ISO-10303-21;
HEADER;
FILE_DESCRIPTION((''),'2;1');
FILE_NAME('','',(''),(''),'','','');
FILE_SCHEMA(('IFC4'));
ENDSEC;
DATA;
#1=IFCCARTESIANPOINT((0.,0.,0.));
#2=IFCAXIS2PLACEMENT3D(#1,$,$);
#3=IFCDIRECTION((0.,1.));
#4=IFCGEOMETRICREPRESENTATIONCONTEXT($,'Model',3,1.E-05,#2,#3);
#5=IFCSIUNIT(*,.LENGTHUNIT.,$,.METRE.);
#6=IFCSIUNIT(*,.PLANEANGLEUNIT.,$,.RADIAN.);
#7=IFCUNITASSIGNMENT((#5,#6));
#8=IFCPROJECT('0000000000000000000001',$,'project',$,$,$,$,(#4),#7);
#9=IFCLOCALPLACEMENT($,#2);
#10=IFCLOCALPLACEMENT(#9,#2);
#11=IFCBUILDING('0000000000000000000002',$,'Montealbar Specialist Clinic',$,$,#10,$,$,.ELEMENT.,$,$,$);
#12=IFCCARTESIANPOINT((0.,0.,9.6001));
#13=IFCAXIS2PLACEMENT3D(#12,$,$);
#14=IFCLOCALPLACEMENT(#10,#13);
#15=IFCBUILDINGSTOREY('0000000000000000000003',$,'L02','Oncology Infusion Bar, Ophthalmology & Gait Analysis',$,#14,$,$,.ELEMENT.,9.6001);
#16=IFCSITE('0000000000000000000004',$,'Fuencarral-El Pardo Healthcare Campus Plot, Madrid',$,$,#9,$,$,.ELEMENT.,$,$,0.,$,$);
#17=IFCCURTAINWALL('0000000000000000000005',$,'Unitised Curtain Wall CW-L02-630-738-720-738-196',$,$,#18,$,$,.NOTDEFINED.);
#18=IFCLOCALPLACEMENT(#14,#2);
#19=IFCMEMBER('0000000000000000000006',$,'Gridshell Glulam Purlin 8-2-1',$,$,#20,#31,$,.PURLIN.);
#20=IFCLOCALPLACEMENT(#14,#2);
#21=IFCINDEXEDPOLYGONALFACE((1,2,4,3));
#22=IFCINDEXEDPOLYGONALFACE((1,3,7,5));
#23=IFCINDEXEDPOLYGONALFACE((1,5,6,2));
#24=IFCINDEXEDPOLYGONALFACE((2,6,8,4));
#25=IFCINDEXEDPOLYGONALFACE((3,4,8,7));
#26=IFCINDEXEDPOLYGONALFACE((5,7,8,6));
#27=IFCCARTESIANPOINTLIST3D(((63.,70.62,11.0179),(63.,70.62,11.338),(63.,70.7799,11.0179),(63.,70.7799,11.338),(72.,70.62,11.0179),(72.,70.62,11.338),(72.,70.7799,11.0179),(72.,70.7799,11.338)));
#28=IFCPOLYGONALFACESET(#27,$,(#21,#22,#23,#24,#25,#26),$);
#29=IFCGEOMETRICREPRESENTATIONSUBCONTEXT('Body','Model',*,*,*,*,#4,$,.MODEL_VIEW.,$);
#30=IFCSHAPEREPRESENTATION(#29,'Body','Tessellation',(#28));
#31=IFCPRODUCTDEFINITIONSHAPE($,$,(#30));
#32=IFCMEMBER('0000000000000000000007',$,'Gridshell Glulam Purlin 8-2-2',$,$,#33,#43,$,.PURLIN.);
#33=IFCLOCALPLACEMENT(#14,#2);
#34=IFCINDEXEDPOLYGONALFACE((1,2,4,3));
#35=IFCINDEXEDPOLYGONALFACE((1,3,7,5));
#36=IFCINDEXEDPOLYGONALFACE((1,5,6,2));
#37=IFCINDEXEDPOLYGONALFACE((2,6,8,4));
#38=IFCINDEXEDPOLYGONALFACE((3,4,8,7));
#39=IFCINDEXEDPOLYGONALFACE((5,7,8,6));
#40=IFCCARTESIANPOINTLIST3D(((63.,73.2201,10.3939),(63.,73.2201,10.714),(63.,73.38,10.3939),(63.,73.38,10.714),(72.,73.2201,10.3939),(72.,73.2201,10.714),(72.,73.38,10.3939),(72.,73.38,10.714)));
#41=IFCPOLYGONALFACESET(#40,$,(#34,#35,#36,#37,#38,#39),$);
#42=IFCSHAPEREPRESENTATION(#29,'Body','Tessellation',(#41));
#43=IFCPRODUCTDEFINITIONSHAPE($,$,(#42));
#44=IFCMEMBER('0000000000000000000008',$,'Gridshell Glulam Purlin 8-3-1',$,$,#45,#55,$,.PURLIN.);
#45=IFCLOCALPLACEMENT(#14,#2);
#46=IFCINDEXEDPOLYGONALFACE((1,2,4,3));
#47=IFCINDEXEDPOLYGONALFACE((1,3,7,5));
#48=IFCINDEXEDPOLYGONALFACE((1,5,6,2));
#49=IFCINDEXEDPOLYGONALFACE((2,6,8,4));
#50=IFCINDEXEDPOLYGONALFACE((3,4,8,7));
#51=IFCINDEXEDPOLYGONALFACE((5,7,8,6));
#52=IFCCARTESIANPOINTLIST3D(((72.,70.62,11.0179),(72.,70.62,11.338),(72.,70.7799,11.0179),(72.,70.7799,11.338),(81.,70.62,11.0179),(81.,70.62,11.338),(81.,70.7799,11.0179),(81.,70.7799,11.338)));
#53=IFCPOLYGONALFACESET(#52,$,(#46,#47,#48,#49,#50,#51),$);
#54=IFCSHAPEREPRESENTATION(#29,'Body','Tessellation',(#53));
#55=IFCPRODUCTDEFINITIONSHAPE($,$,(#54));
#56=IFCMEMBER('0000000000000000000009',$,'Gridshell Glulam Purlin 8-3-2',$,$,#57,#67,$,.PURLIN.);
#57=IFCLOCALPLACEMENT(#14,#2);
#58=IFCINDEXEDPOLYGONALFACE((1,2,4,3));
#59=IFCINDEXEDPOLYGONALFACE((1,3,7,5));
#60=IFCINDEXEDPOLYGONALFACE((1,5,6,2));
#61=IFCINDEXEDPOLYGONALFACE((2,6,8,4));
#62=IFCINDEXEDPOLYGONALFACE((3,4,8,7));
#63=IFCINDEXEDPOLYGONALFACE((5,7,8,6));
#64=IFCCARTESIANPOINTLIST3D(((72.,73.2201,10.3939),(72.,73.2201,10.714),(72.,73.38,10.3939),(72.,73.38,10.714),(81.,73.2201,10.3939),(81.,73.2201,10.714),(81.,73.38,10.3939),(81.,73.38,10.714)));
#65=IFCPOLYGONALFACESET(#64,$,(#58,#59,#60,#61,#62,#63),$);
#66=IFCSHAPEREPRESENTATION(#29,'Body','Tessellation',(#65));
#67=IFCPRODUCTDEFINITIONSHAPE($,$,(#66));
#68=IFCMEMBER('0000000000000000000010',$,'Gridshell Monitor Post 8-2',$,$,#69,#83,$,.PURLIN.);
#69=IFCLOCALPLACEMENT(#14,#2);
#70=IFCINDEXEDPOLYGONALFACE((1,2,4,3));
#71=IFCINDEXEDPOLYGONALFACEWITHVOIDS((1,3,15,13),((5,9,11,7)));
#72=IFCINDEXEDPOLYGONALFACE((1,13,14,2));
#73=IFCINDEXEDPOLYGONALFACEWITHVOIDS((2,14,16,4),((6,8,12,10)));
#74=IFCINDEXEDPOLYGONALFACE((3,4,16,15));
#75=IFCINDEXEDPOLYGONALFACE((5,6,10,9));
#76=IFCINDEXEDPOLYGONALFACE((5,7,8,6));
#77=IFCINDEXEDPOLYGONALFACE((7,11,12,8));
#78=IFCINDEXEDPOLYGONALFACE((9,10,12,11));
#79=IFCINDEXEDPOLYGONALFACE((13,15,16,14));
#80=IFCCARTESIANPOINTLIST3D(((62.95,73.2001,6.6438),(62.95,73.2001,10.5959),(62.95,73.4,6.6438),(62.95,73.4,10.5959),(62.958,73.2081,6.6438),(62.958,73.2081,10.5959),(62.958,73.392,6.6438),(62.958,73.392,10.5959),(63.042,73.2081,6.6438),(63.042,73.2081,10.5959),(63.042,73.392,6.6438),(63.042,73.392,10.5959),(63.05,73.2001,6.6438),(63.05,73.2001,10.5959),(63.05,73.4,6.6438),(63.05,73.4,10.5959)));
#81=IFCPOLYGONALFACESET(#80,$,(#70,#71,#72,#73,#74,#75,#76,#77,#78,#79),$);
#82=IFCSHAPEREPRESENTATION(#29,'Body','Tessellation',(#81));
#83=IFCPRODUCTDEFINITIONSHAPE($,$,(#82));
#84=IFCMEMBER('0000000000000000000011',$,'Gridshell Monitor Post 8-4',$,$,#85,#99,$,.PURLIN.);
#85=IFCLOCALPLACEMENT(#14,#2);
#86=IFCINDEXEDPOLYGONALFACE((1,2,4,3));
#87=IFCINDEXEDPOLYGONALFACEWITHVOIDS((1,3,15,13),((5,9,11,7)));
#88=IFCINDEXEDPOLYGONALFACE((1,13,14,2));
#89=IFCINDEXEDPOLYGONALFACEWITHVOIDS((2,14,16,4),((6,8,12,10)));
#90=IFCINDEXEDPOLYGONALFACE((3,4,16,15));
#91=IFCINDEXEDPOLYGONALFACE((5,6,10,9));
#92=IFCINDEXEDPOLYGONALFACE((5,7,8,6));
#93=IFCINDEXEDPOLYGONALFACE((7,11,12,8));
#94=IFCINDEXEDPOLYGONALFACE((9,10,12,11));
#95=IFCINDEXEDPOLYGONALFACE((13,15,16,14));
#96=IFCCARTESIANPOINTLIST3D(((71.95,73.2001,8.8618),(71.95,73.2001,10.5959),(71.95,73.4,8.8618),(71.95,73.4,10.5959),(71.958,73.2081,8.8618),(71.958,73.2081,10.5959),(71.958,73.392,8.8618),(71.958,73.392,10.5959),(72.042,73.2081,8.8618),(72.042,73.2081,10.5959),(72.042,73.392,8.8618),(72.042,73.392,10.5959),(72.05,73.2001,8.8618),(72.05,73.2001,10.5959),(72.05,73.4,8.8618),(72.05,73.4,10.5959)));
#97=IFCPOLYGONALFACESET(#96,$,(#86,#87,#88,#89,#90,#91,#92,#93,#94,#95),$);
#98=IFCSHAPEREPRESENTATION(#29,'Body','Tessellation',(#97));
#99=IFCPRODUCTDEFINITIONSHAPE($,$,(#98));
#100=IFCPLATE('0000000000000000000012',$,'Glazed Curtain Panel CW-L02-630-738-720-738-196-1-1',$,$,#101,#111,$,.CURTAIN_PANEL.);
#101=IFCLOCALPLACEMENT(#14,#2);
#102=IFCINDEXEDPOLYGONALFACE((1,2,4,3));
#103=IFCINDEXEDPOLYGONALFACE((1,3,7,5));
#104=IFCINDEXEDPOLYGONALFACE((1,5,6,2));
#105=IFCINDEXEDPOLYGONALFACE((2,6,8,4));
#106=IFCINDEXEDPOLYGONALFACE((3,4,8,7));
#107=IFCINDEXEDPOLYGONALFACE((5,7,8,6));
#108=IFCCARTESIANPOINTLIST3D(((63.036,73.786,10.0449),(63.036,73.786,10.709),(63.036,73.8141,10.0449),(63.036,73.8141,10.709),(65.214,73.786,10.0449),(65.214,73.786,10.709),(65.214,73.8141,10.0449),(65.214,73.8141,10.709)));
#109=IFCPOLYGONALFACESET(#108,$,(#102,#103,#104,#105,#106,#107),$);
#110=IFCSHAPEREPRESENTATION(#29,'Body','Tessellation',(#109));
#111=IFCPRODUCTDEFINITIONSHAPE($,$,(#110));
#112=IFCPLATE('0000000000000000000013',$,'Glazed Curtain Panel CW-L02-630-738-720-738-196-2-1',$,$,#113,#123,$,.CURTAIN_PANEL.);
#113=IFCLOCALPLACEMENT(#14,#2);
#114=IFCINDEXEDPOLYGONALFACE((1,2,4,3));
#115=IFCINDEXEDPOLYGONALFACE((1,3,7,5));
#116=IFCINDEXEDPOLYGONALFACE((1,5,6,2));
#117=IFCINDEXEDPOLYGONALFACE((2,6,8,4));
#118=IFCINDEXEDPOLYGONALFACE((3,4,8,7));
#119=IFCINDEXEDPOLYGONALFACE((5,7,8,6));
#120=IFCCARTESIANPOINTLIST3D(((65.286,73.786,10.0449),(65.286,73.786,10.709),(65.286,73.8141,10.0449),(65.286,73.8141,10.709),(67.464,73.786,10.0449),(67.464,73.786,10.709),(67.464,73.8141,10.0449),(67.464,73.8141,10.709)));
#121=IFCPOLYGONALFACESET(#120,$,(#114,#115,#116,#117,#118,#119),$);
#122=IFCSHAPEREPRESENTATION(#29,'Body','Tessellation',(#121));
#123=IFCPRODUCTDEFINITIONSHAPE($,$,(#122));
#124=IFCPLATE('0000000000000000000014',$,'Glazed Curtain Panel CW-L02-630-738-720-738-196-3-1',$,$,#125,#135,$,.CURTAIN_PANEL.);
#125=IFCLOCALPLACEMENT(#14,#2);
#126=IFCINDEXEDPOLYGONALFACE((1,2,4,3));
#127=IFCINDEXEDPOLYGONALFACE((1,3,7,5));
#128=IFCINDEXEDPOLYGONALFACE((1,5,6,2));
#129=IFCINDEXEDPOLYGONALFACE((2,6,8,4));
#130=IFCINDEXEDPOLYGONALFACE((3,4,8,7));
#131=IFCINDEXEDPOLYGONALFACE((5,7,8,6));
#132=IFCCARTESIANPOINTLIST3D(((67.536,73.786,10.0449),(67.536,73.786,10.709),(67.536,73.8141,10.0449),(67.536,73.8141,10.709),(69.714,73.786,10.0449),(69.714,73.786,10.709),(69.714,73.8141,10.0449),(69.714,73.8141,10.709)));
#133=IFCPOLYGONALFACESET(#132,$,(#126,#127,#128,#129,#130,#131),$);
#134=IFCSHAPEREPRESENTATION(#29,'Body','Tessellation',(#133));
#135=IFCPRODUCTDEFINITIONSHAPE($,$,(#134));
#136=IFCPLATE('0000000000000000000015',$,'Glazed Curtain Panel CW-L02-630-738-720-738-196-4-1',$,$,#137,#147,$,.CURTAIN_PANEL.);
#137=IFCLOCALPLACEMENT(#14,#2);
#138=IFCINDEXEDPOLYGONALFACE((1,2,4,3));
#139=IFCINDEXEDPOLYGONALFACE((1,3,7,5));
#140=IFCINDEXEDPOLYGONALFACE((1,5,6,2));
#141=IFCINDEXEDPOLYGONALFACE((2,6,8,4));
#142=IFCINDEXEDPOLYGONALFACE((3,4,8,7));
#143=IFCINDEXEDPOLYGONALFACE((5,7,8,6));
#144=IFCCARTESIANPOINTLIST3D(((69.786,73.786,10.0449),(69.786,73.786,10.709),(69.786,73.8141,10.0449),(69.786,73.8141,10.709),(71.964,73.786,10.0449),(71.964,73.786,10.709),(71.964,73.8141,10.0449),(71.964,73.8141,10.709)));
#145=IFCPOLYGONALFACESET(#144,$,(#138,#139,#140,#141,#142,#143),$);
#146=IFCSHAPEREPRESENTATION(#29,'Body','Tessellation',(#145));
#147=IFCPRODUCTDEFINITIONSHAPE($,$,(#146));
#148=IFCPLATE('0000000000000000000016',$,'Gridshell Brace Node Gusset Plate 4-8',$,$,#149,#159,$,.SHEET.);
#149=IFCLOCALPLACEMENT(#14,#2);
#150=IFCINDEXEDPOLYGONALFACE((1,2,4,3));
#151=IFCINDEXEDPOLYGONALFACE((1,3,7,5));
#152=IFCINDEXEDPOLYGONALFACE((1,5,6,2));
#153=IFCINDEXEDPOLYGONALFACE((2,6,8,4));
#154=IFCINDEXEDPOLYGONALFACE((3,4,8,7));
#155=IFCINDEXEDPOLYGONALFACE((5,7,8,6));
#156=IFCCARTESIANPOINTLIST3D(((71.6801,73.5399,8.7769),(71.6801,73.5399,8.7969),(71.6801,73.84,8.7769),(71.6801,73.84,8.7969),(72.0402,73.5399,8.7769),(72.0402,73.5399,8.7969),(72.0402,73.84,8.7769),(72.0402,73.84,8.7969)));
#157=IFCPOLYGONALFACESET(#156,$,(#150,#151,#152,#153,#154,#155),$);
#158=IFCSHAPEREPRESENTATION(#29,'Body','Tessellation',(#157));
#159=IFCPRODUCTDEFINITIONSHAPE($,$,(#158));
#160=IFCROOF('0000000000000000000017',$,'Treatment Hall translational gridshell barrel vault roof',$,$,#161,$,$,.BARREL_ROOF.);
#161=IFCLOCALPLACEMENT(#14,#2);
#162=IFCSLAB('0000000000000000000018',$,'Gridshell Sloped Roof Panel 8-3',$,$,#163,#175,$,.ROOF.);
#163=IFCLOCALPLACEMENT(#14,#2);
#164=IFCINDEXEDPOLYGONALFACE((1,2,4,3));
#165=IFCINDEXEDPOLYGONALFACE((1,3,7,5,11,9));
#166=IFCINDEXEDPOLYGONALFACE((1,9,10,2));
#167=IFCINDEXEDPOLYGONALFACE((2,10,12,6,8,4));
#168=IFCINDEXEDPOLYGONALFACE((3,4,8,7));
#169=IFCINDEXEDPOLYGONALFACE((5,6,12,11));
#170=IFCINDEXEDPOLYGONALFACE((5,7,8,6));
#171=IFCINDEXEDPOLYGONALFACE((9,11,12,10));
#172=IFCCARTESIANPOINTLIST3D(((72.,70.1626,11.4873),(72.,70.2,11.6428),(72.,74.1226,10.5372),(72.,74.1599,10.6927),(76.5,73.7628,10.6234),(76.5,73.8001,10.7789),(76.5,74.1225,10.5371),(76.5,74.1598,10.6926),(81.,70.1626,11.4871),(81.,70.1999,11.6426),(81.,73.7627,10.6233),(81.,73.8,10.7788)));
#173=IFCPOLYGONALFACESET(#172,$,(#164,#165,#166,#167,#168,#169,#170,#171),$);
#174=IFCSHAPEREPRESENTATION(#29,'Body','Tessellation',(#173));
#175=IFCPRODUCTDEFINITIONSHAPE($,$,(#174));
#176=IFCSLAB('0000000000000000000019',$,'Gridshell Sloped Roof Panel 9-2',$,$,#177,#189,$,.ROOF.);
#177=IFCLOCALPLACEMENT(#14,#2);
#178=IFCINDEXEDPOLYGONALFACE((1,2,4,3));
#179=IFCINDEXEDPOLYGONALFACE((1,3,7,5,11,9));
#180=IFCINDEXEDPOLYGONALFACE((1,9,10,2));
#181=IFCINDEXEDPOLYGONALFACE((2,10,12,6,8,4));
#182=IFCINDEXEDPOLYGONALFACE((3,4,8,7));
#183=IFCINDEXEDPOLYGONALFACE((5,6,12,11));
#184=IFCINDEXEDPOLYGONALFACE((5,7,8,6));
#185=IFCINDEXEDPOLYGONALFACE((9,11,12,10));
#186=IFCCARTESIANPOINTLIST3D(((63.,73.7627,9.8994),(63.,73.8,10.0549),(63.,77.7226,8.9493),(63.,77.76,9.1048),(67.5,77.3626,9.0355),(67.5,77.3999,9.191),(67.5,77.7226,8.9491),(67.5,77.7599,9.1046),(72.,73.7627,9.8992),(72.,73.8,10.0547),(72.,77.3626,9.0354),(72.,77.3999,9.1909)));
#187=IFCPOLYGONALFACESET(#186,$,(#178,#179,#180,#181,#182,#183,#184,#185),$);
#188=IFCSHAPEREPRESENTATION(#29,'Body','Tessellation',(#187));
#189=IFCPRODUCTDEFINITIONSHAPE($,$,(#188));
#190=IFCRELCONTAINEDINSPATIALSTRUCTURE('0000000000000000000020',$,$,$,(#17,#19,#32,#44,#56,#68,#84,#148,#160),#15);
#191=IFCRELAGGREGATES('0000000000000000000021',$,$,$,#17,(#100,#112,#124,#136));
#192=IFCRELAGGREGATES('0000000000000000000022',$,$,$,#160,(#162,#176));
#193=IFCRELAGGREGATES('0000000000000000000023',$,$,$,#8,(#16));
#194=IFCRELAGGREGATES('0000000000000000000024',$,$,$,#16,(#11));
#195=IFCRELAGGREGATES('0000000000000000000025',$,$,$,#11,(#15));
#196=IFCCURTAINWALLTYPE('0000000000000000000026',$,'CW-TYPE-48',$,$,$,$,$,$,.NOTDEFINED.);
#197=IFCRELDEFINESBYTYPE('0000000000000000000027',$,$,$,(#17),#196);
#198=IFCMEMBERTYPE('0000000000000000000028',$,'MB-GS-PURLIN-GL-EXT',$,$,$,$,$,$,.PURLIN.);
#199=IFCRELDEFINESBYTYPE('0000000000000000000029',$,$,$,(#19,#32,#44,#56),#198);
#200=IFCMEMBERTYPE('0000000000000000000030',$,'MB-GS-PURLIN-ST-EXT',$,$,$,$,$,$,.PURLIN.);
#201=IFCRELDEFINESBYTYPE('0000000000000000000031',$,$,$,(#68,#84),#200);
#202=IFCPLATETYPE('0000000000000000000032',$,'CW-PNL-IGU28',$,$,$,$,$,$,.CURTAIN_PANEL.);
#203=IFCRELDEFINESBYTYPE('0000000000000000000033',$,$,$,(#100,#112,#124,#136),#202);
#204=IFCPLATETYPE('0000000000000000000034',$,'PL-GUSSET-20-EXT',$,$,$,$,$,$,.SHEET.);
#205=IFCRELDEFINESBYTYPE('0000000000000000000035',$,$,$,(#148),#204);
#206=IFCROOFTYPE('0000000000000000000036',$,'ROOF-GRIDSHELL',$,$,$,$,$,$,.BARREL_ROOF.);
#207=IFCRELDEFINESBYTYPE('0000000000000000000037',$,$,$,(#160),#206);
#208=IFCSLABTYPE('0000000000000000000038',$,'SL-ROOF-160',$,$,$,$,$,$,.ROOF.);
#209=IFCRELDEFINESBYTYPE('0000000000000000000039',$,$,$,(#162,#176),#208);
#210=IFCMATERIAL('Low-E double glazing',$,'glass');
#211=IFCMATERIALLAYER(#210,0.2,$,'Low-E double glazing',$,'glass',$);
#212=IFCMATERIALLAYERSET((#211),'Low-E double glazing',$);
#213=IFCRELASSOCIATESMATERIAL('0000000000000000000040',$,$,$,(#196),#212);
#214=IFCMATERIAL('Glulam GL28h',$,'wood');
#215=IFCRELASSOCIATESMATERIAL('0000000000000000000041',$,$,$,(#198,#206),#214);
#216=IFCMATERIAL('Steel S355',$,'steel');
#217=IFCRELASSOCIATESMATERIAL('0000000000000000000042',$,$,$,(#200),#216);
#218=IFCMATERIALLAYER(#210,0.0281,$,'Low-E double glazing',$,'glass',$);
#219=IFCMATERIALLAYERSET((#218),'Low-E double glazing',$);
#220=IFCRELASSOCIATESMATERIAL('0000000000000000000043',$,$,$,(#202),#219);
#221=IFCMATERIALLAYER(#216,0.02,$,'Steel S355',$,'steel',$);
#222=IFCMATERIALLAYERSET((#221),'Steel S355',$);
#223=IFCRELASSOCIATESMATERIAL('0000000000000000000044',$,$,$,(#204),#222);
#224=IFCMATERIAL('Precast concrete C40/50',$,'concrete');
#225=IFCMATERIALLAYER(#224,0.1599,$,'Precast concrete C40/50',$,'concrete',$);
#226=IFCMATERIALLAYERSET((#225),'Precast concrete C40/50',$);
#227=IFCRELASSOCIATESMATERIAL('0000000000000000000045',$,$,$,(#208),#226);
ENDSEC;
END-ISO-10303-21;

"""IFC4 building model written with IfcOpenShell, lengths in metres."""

from ifc_helpers import new_model, si_unit, direction, frame, origin, origin_2d, place, context, subcontext, project, spatial, polyline, rectangle, hollow_rectangle, outline, extrude, material, layer, layer_set, material_profile, profile_set, type_object, element, aggregate, save


model = new_model("IFC4")

# Units and contexts
model_context = context("Model", 3, precision=1e-05, world=origin(), true_north=direction((0.0, 1.0)))
body_context = subcontext(model_context, "Body", "Model", "MODEL_VIEW")
ifc_project = project(units=[si_unit("LENGTHUNIT", "METRE"), si_unit("PLANEANGLEUNIT", "RADIAN")], contexts=[model_context])

# Site, building, storey
site_placement = place(None, origin())
site = spatial("IfcSite", under=ifc_project, at=site_placement, Name="Fuencarral-El Pardo Healthcare Campus Plot, Madrid", CompositionType="ELEMENT", RefElevation=0.0)
building_placement = place(site_placement, origin())
building = spatial("IfcBuilding", under=site, at=building_placement, Name="Montealbar Specialist Clinic", CompositionType="ELEMENT")
storey_placement = place(building_placement, frame((0.0, 0.0, 9.6001)))
storey = spatial("IfcBuildingStorey", under=building, at=storey_placement, Name="L02", Description="Oncology Infusion Bar, Ophthalmology & Gait Analysis", CompositionType="ELEMENT", Elevation=9.6001)

# Shared definitions
ifc_material_1 = material(Name="Steel S355", Category="steel")
ifc_material_2 = material(Name="Glulam GL28h", Category="wood")

# Curtain wall
ifc_material_3 = material(Name="Low-E double glazing", Category="glass")
ifc_layer_1 = layer(ifc_material_3, 0.2, Name="Low-E double glazing", Category="glass")
ifc_layer_set_1 = layer_set([ifc_layer_1], Name="Low-E double glazing")
curtain_wall_type = type_object("IfcCurtainWallType", Name="CW-TYPE-48", PredefinedType="NOTDEFINED", material=ifc_layer_set_1)
curtain_wall_placement = place(storey_placement, origin())
curtain_wall = element("IfcCurtainWall", 1, at=curtain_wall_placement, inside=storey, type_object=curtain_wall_type, Name="Unitised Curtain Wall CW-L02-630-738-720-738-196", PredefinedType="NOTDEFINED")

# Members
ifc_material_profile_1 = material_profile(ifc_material_2, rectangle(XDim=0.1599, YDim=0.3201, at=origin_2d()), Name="GL28h 160x320", Category="wood")
ifc_profile_set_1 = profile_set([ifc_material_profile_1], Name="Glulam GL28h")
member_type_1 = type_object("IfcMemberType", Name="MB-GS-PURLIN-GL-EXT", PredefinedType="PURLIN", material=ifc_profile_set_1)
for number, where, z_axis, x_axis, name in (
    (2, (63.0, 70.7, 11.178), (1.0, 0.0, 0.0), (0.0, 1.0, 0.0), "Gridshell Glulam Purlin 8-2-1"),
    (3, (63.0, 73.3, 10.554), (1.0, 0.0, 0.0), (0.0, 1.0, 0.0), "Gridshell Glulam Purlin 8-2-2"),
    (4, (72.0, 70.7, 11.178), (1.0, 0.0, 0.0), (0.0, 1.0, 0.0), "Gridshell Glulam Purlin 8-3-1"),
    (5, (72.0, 73.3, 10.554), (1.0, 0.0, 0.0), (0.0, 1.0, 0.0), "Gridshell Glulam Purlin 8-3-2"),
):
    element("IfcMember", number, at=place(storey_placement, frame(where, z_axis=z_axis, x_axis=x_axis)), inside=storey, type_object=member_type_1, Name=name, PredefinedType="PURLIN", context=body_context, shape_type="SweptSolid", body=[
        extrude(rectangle(XDim=0.1599, YDim=0.3201, at=origin_2d()), origin(), (0.0, 0.0, 1.0), 9.0),
    ])
ifc_material_profile_2 = material_profile(ifc_material_1, hollow_rectangle(XDim=0.1001, YDim=0.2, WallThickness=0.0081, at=origin_2d()), Name="RHS 200x100x8", Category="steel")
ifc_profile_set_2 = profile_set([ifc_material_profile_2], Name="Steel S355")
member_type_2 = type_object("IfcMemberType", Name="MB-GS-PURLIN-ST-EXT", PredefinedType="PURLIN", material=ifc_profile_set_2)
member_1_placement = place(storey_placement, frame((63.0, 73.3, 6.6438), z_axis=(0.0, 0.0, 1.0), x_axis=(1.0, 0.0, 0.0)))
element("IfcMember", 6, at=member_1_placement, inside=storey, type_object=member_type_2, Name="Gridshell Monitor Post 8-2", PredefinedType="PURLIN", context=body_context, shape_type="SweptSolid", body=[
    extrude(hollow_rectangle(XDim=0.1001, YDim=0.2, WallThickness=0.0081, at=origin_2d()), origin(), (0.0, 0.0, 1.0), 3.9521),
])
member_2_placement = place(storey_placement, frame((72.0, 73.3, 8.8618), z_axis=(0.0, 0.0, 1.0), x_axis=(1.0, 0.0, 0.0)))
element("IfcMember", 7, at=member_2_placement, inside=storey, type_object=member_type_2, Name="Gridshell Monitor Post 8-4", PredefinedType="PURLIN", context=body_context, shape_type="SweptSolid", body=[
    extrude(hollow_rectangle(XDim=0.1001, YDim=0.2, WallThickness=0.0081, at=origin_2d()), origin(), (0.0, 0.0, 1.0), 1.7341),
])

# Plates
ifc_layer_2 = layer(ifc_material_3, 0.0281, Name="Low-E double glazing", Category="glass")
ifc_layer_set_2 = layer_set([ifc_layer_2], Name="Low-E double glazing")
plate_type_1 = type_object("IfcPlateType", Name="CW-PNL-IGU28", PredefinedType="CURTAIN_PANEL", material=ifc_layer_set_2)
plate_1_placement = place(storey_placement, frame((64.125, 73.8, 10.0449), z_axis=(0.0, 0.0, 1.0), x_axis=(1.0, 0.0, 0.0)))
plate_1 = element("IfcPlate", 8, at=plate_1_placement, type_object=plate_type_1, Name="Glazed Curtain Panel CW-L02-630-738-720-738-196-1-1", PredefinedType="CURTAIN_PANEL", context=body_context, shape_type="SweptSolid", body=[
    extrude(rectangle(XDim=2.178, YDim=0.0281, at=origin_2d()), origin(), (0.0, 0.0, 1.0), 0.6641),
])
plate_2_placement = place(storey_placement, frame((66.375, 73.8, 10.0449), z_axis=(0.0, 0.0, 1.0), x_axis=(1.0, 0.0, 0.0)))
plate_2 = element("IfcPlate", 9, at=plate_2_placement, type_object=plate_type_1, Name="Glazed Curtain Panel CW-L02-630-738-720-738-196-2-1", PredefinedType="CURTAIN_PANEL", context=body_context, shape_type="SweptSolid", body=[
    extrude(rectangle(XDim=2.178, YDim=0.0281, at=origin_2d()), origin(), (0.0, 0.0, 1.0), 0.6641),
])
plate_3_placement = place(storey_placement, frame((68.625, 73.8, 10.0449), z_axis=(0.0, 0.0, 1.0), x_axis=(1.0, 0.0, 0.0)))
plate_3 = element("IfcPlate", 10, at=plate_3_placement, type_object=plate_type_1, Name="Glazed Curtain Panel CW-L02-630-738-720-738-196-3-1", PredefinedType="CURTAIN_PANEL", context=body_context, shape_type="SweptSolid", body=[
    extrude(rectangle(XDim=2.178, YDim=0.0281, at=origin_2d()), origin(), (0.0, 0.0, 1.0), 0.6641),
])
plate_4_placement = place(storey_placement, frame((70.875, 73.8, 10.0449), z_axis=(0.0, 0.0, 1.0), x_axis=(1.0, 0.0, 0.0)))
plate_4 = element("IfcPlate", 11, at=plate_4_placement, type_object=plate_type_1, Name="Glazed Curtain Panel CW-L02-630-738-720-738-196-4-1", PredefinedType="CURTAIN_PANEL", context=body_context, shape_type="SweptSolid", body=[
    extrude(rectangle(XDim=2.178, YDim=0.0281, at=origin_2d()), origin(), (0.0, 0.0, 1.0), 0.6641),
])
aggregate(curtain_wall, [plate_1, plate_2, plate_3, plate_4])
ifc_layer_3 = layer(ifc_material_1, 0.02, Name="Steel S355", Category="steel")
ifc_layer_set_3 = layer_set([ifc_layer_3], Name="Steel S355")
plate_type_2 = type_object("IfcPlateType", Name="PL-GUSSET-20-EXT", PredefinedType="SHEET", material=ifc_layer_set_3)
plate_5_placement = place(storey_placement, frame((71.8601, 73.6899, 8.7769), z_axis=(0.0, 0.0, 1.0), x_axis=(1.0, 0.0, 0.0)))
element("IfcPlate", 12, at=plate_5_placement, inside=storey, type_object=plate_type_2, Name="Gridshell Brace Node Gusset Plate 4-8", PredefinedType="SHEET", context=body_context, shape_type="SweptSolid", body=[
    extrude(rectangle(XDim=0.3601, YDim=0.3, at=origin_2d()), origin(), (0.0, 0.0, 1.0), 0.02),
])

# Roof, slabs
roof_type = type_object("IfcRoofType", Name="ROOF-GRIDSHELL", PredefinedType="BARREL_ROOF", material=ifc_material_2)
roof_placement = place(storey_placement, origin())
roof = element("IfcRoof", 13, at=roof_placement, inside=storey, type_object=roof_type, Name="Treatment Hall translational gridshell barrel vault roof", PredefinedType="BARREL_ROOF")
ifc_material_4 = material(Name="Precast concrete C40/50", Category="concrete")
ifc_layer_4 = layer(ifc_material_4, 0.1599, Name="Precast concrete C40/50", Category="concrete")
ifc_layer_set_4 = layer_set([ifc_layer_4], Name="Precast concrete C40/50")
slab_type = type_object("IfcSlabType", Name="SL-ROOF-160", PredefinedType="ROOF", material=ifc_layer_set_4)
slab_1_placement = place(storey_placement, frame((72.0, 70.2, 11.6428), z_axis=(0.000022, 0.233318, 0.9724), x_axis=(1.0, -0.000005, -0.000021)))
slab_1 = element("IfcSlab", 14, at=slab_1_placement, type_object=slab_type, Name="Gridshell Sloped Roof Panel 8-3", PredefinedType="ROOF", context=body_context, shape_type="SweptSolid", body=[
    extrude(outline(polyline([(0.0, 0.0), (9.0, 0.0), (9.0, 3.7023), (4.5, 3.7023), (4.5, 4.0723), (0.0, 4.0723), (0.0, 0.0)])), origin(), (0.0, 0.0, -1.0), 0.1599),
])
slab_2_placement = place(storey_placement, frame((63.0, 73.8, 10.0549), z_axis=(0.000025, 0.233325, 0.972399), x_axis=(1.0, -0.000006, -0.000025)))
slab_2 = element("IfcSlab", 15, at=slab_2_placement, type_object=slab_type, Name="Gridshell Sloped Roof Panel 9-2", PredefinedType="ROOF", context=body_context, shape_type="SweptSolid", body=[
    extrude(outline(polyline([(0.0, 0.0), (9.0, 0.0), (9.0, 3.7021), (4.5, 3.7021), (4.5, 4.0723), (0.0, 4.0723), (0.0, 0.0)])), origin(), (0.0, 0.0, -1.0), 0.1599),
])
aggregate(roof, [slab_1, slab_2])

save(model, "model.ifc")
